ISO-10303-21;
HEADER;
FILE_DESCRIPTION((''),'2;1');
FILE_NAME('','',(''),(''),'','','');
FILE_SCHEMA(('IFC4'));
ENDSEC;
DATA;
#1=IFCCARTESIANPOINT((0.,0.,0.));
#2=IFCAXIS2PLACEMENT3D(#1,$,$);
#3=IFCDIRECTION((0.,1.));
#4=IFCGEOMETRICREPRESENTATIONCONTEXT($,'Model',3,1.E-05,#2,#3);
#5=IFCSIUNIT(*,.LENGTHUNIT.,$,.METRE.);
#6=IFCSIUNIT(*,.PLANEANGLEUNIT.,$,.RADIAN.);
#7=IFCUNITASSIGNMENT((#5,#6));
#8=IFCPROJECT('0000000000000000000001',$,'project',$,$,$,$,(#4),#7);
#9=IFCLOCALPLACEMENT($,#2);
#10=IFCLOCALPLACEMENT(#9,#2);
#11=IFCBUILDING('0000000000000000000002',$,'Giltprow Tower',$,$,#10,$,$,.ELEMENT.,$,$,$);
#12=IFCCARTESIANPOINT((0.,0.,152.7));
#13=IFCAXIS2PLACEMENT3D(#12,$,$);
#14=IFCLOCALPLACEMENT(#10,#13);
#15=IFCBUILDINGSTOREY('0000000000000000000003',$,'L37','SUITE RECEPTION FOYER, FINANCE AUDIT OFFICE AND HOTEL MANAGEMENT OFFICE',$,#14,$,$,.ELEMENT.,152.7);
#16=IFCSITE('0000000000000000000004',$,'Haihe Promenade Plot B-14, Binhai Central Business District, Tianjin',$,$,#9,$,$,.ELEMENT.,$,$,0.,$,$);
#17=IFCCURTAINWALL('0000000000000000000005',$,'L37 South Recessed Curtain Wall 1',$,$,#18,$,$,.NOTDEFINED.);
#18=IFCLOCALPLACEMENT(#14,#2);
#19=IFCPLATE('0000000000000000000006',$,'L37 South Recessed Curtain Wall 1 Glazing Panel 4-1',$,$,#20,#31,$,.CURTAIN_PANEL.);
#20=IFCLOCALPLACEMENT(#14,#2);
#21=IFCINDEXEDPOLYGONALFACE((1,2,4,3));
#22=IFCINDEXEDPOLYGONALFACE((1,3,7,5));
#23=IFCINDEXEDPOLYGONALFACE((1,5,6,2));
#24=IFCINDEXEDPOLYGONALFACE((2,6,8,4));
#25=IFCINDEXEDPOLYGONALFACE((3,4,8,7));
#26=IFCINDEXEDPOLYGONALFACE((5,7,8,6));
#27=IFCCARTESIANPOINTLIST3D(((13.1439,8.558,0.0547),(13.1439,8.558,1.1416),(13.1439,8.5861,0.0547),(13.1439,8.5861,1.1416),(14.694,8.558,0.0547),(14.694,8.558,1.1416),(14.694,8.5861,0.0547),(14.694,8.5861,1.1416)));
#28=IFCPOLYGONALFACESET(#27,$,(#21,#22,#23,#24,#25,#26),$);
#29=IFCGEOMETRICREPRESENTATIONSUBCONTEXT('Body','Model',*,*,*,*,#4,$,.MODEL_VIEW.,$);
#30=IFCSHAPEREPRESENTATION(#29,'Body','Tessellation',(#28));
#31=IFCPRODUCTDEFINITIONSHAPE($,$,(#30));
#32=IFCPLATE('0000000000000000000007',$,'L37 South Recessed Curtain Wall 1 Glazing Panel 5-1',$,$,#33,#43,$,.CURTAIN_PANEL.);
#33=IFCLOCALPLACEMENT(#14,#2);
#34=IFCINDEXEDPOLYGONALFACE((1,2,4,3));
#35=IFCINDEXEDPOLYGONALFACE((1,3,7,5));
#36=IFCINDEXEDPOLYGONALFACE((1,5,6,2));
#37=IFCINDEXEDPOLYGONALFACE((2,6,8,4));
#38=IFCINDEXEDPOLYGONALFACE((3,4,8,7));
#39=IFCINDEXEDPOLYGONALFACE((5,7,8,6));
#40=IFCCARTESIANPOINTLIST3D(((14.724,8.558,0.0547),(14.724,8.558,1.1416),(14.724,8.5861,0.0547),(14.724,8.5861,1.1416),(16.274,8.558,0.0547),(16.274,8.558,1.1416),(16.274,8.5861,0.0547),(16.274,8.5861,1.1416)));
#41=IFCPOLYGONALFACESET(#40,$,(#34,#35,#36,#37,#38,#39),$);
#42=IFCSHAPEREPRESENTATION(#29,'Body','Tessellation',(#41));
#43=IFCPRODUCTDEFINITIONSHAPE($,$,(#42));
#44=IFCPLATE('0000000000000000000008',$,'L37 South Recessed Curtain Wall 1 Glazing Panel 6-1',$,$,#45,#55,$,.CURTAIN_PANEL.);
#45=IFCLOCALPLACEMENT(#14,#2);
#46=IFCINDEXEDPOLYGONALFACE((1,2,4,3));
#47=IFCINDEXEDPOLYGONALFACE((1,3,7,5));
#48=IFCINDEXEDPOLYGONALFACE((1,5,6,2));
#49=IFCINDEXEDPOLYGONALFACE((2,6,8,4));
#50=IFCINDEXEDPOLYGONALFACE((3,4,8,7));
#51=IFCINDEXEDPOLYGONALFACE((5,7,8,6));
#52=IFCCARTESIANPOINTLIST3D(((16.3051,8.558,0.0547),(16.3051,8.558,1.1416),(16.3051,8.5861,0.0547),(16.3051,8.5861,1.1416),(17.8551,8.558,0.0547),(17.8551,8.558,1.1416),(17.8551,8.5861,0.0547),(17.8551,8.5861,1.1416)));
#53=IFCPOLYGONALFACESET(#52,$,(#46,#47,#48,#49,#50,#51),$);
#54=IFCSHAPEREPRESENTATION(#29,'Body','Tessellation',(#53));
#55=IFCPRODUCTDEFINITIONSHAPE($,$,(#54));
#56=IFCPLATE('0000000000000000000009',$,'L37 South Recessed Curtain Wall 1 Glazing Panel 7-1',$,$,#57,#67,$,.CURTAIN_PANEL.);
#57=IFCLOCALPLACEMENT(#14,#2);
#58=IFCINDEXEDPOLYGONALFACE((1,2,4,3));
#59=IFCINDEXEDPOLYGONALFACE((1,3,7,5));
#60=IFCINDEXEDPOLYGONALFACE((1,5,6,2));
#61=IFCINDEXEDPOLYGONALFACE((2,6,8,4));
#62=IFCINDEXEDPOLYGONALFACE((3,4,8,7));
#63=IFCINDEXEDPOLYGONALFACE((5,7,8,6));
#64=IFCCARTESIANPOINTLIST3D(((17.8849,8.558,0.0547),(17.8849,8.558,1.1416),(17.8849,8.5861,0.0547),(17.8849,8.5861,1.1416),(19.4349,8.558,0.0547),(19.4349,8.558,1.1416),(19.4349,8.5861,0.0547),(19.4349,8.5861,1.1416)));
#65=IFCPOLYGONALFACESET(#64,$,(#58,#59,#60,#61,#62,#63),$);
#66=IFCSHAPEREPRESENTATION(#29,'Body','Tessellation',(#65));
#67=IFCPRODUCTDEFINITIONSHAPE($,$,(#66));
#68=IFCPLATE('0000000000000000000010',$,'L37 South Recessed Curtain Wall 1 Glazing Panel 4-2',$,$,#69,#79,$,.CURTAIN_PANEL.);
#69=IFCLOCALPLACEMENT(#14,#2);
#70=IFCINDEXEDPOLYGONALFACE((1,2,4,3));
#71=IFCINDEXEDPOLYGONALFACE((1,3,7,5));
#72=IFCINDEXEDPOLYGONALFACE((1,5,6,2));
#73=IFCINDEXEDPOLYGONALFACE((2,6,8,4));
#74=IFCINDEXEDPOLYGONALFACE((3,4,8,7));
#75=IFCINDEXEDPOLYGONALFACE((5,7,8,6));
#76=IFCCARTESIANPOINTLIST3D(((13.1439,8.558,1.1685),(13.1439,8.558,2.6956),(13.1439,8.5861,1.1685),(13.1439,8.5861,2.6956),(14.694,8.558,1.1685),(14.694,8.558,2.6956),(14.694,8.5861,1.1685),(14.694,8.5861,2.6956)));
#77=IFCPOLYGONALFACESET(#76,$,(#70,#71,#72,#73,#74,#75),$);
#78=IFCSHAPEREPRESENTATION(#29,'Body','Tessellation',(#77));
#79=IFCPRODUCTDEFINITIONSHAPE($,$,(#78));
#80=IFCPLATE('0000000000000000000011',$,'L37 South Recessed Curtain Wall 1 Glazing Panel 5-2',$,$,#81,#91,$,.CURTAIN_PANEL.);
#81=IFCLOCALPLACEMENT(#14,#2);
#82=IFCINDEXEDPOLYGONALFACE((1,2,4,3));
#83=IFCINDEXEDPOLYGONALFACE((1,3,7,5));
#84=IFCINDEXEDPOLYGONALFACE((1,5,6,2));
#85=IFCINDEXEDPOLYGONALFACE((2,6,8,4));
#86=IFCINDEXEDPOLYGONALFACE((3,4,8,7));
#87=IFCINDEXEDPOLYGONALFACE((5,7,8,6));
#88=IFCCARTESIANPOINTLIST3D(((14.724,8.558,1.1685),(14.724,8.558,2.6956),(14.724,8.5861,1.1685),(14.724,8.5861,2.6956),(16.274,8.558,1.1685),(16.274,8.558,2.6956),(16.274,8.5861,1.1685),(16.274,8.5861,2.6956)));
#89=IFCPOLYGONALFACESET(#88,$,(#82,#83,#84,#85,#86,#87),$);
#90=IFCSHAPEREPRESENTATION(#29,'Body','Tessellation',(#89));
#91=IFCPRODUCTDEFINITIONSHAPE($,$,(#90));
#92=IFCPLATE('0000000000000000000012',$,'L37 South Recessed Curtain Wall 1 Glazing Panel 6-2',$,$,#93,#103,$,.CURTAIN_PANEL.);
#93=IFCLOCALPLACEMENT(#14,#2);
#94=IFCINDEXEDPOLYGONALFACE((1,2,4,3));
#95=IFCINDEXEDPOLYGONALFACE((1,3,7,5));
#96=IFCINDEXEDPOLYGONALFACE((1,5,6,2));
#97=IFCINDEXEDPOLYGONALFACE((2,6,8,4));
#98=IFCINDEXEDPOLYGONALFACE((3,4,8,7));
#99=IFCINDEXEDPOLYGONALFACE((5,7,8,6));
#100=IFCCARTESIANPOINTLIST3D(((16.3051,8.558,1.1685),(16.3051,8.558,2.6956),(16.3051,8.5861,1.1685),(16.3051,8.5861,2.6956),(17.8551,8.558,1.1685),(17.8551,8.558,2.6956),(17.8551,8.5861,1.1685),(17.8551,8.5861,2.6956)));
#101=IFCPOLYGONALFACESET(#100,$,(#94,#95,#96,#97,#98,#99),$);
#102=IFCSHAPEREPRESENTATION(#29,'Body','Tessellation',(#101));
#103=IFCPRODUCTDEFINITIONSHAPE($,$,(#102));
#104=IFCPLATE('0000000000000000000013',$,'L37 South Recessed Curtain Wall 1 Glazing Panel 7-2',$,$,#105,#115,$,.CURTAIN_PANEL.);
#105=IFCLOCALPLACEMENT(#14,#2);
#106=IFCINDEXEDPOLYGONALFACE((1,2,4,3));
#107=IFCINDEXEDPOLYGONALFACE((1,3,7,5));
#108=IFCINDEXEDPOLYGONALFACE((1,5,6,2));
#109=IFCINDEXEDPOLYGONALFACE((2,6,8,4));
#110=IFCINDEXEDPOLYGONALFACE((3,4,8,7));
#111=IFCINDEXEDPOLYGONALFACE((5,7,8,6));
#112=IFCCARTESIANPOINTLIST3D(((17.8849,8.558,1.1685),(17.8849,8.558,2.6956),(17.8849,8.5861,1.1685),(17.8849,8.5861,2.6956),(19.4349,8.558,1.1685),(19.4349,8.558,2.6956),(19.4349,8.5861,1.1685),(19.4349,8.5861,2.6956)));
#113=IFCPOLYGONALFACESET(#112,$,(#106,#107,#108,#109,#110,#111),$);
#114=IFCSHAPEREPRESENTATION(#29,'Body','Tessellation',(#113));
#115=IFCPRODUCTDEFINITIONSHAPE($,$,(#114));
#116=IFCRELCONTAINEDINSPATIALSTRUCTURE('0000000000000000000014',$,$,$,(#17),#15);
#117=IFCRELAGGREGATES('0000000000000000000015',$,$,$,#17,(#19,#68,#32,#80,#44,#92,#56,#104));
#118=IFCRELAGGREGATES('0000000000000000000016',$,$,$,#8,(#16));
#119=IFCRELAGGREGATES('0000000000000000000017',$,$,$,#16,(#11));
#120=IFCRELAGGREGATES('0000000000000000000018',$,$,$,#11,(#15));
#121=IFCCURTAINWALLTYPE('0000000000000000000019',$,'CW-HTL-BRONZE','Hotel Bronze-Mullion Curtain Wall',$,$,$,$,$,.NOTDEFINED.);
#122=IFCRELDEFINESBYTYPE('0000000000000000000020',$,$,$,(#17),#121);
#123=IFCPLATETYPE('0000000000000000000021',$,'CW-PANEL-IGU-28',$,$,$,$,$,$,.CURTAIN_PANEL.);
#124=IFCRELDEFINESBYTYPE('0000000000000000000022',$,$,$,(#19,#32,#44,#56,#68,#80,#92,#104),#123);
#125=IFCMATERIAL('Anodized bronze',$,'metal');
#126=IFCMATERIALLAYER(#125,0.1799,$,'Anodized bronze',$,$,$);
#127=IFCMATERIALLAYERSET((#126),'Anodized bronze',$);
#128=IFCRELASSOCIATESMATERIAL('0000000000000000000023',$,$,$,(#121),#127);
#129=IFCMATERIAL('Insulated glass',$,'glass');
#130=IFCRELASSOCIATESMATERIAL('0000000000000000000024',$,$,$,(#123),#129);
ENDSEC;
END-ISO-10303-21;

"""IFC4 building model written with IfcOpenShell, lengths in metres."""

from ifc_helpers import new_model, si_unit, direction, frame, origin, origin_2d, place, context, subcontext, project, spatial, rectangle, extrude, source, transform, mapped, material, layer, layer_set, type_object, element, aggregate, save


model = new_model("IFC4")

# Units and contexts
model_context = context("Model", 3, precision=1e-05, world=origin(), true_north=direction((0.0, 1.0)))
body_context = subcontext(model_context, "Body", "Model", "MODEL_VIEW")
ifc_project = project(units=[si_unit("LENGTHUNIT", "METRE"), si_unit("PLANEANGLEUNIT", "RADIAN")], contexts=[model_context])

# Site, building, storey
site_placement = place(None, origin())
site = spatial("IfcSite", under=ifc_project, at=site_placement, Name="Haihe Promenade Plot B-14, Binhai Central Business District, Tianjin", CompositionType="ELEMENT", RefElevation=0.0)
building_placement = place(site_placement, origin())
building = spatial("IfcBuilding", under=site, at=building_placement, Name="Giltprow Tower", CompositionType="ELEMENT")
storey_placement = place(building_placement, frame((0.0, 0.0, 152.7)))
storey = spatial("IfcBuildingStorey", under=building, at=storey_placement, Name="L37", Description="SUITE RECEPTION FOYER, FINANCE AUDIT OFFICE AND HOTEL MANAGEMENT OFFICE", CompositionType="ELEMENT", Elevation=152.7)

# Curtain wall, plates
ifc_material_1 = material(Name="Anodized bronze", Category="metal")
ifc_layer = layer(ifc_material_1, 0.1799, Name="Anodized bronze")
ifc_layer_set = layer_set([ifc_layer], Name="Anodized bronze")
curtain_wall_type = type_object("IfcCurtainWallType", Name="CW-HTL-BRONZE", Description="Hotel Bronze-Mullion Curtain Wall", PredefinedType="NOTDEFINED", material=ifc_layer_set)
curtain_wall_placement = place(storey_placement, origin())
curtain_wall = element("IfcCurtainWall", 1, at=curtain_wall_placement, inside=storey, type_object=curtain_wall_type, Name="L37 South Recessed Curtain Wall 1", PredefinedType="NOTDEFINED")
ifc_material_2 = material(Name="Insulated glass", Category="glass")
plate_type = type_object("IfcPlateType", Name="CW-PANEL-IGU-28", PredefinedType="CURTAIN_PANEL", material=ifc_material_2)
shared_shape_1 = source(origin(), body_context, "Body", "SweptSolid", [
    extrude(rectangle(XDim=1.55, YDim=0.0281, at=origin_2d()), origin(), (0.0, 0.0, 1.0), 1.0869),
])
plate_1_placement = place(storey_placement, frame((13.9189, 8.572, 0.0547), z_axis=(0.0, 0.0, 1.0), x_axis=(1.0, 0.0, 0.0)))
plate_1 = element("IfcPlate", 2, at=plate_1_placement, type_object=plate_type, Name="L37 South Recessed Curtain Wall 1 Glazing Panel 4-1", PredefinedType="CURTAIN_PANEL", context=body_context, shape_type="MappedRepresentation", body=[
    mapped(shared_shape_1, transform((0.0, 0.0, 0.0), x_axis=(1.0, 0.0, 0.0), y_axis=(0.0, 1.0, 0.0), z_axis=(0.0, 0.0, 1.0), scale=1.0)),
])
plate_2_placement = place(storey_placement, frame((15.499, 8.572, 0.0547), z_axis=(0.0, 0.0, 1.0), x_axis=(1.0, 0.0, 0.0)))
plate_2 = element("IfcPlate", 3, at=plate_2_placement, type_object=plate_type, Name="L37 South Recessed Curtain Wall 1 Glazing Panel 5-1", PredefinedType="CURTAIN_PANEL", context=body_context, shape_type="MappedRepresentation", body=[
    mapped(shared_shape_1, transform((0.0, 0.0, 0.0), x_axis=(1.0, 0.0, 0.0), y_axis=(0.0, 1.0, 0.0), z_axis=(0.0, 0.0, 1.0), scale=1.0)),
])
plate_3_placement = place(storey_placement, frame((17.0801, 8.572, 0.0547), z_axis=(0.0, 0.0, 1.0), x_axis=(1.0, 0.0, 0.0)))
plate_3 = element("IfcPlate", 4, at=plate_3_placement, type_object=plate_type, Name="L37 South Recessed Curtain Wall 1 Glazing Panel 6-1", PredefinedType="CURTAIN_PANEL", context=body_context, shape_type="MappedRepresentation", body=[
    mapped(shared_shape_1, transform((0.0, 0.0, 0.0), x_axis=(1.0, 0.0, 0.0), y_axis=(0.0, 1.0, 0.0), z_axis=(0.0, 0.0, 1.0), scale=1.0)),
])
plate_4_placement = place(storey_placement, frame((18.6599, 8.572, 0.0547), z_axis=(0.0, 0.0, 1.0), x_axis=(1.0, 0.0, 0.0)))
plate_4 = element("IfcPlate", 5, at=plate_4_placement, type_object=plate_type, Name="L37 South Recessed Curtain Wall 1 Glazing Panel 7-1", PredefinedType="CURTAIN_PANEL", context=body_context, shape_type="MappedRepresentation", body=[
    mapped(shared_shape_1, transform((0.0, 0.0, 0.0), x_axis=(1.0, 0.0, 0.0), y_axis=(0.0, 1.0, 0.0), z_axis=(0.0, 0.0, 1.0), scale=1.0)),
])
shared_shape_2 = source(origin(), body_context, "Body", "SweptSolid", [
    extrude(rectangle(XDim=1.55, YDim=0.0281, at=origin_2d()), origin(), (0.0, 0.0, 1.0), 1.5271),
])
plate_5_placement = place(storey_placement, frame((13.9189, 8.572, 1.1685), z_axis=(0.0, 0.0, 1.0), x_axis=(1.0, 0.0, 0.0)))
plate_5 = element("IfcPlate", 6, at=plate_5_placement, type_object=plate_type, Name="L37 South Recessed Curtain Wall 1 Glazing Panel 4-2", PredefinedType="CURTAIN_PANEL", context=body_context, shape_type="MappedRepresentation", body=[
    mapped(shared_shape_2, transform((0.0, 0.0, 0.0), x_axis=(1.0, 0.0, 0.0), y_axis=(0.0, 1.0, 0.0), z_axis=(0.0, 0.0, 1.0), scale=1.0)),
])
plate_6_placement = place(storey_placement, frame((15.499, 8.572, 1.1685), z_axis=(0.0, 0.0, 1.0), x_axis=(1.0, 0.0, 0.0)))
plate_6 = element("IfcPlate", 7, at=plate_6_placement, type_object=plate_type, Name="L37 South Recessed Curtain Wall 1 Glazing Panel 5-2", PredefinedType="CURTAIN_PANEL", context=body_context, shape_type="MappedRepresentation", body=[
    mapped(shared_shape_2, transform((0.0, 0.0, 0.0), x_axis=(1.0, 0.0, 0.0), y_axis=(0.0, 1.0, 0.0), z_axis=(0.0, 0.0, 1.0), scale=1.0)),
])
plate_7_placement = place(storey_placement, frame((17.0801, 8.572, 1.1685), z_axis=(0.0, 0.0, 1.0), x_axis=(1.0, 0.0, 0.0)))
plate_7 = element("IfcPlate", 8, at=plate_7_placement, type_object=plate_type, Name="L37 South Recessed Curtain Wall 1 Glazing Panel 6-2", PredefinedType="CURTAIN_PANEL", context=body_context, shape_type="MappedRepresentation", body=[
    mapped(shared_shape_2, transform((0.0, 0.0, 0.0), x_axis=(1.0, 0.0, 0.0), y_axis=(0.0, 1.0, 0.0), z_axis=(0.0, 0.0, 1.0), scale=1.0)),
])
plate_8_placement = place(storey_placement, frame((18.6599, 8.572, 1.1685), z_axis=(0.0, 0.0, 1.0), x_axis=(1.0, 0.0, 0.0)))
plate_8 = element("IfcPlate", 9, at=plate_8_placement, type_object=plate_type, Name="L37 South Recessed Curtain Wall 1 Glazing Panel 7-2", PredefinedType="CURTAIN_PANEL", context=body_context, shape_type="MappedRepresentation", body=[
    mapped(shared_shape_2, transform((0.0, 0.0, 0.0), x_axis=(1.0, 0.0, 0.0), y_axis=(0.0, 1.0, 0.0), z_axis=(0.0, 0.0, 1.0), scale=1.0)),
])
aggregate(curtain_wall, [plate_1, plate_5, plate_2, plate_6, plate_3, plate_7, plate_4, plate_8])

save(model, "model.ifc")
